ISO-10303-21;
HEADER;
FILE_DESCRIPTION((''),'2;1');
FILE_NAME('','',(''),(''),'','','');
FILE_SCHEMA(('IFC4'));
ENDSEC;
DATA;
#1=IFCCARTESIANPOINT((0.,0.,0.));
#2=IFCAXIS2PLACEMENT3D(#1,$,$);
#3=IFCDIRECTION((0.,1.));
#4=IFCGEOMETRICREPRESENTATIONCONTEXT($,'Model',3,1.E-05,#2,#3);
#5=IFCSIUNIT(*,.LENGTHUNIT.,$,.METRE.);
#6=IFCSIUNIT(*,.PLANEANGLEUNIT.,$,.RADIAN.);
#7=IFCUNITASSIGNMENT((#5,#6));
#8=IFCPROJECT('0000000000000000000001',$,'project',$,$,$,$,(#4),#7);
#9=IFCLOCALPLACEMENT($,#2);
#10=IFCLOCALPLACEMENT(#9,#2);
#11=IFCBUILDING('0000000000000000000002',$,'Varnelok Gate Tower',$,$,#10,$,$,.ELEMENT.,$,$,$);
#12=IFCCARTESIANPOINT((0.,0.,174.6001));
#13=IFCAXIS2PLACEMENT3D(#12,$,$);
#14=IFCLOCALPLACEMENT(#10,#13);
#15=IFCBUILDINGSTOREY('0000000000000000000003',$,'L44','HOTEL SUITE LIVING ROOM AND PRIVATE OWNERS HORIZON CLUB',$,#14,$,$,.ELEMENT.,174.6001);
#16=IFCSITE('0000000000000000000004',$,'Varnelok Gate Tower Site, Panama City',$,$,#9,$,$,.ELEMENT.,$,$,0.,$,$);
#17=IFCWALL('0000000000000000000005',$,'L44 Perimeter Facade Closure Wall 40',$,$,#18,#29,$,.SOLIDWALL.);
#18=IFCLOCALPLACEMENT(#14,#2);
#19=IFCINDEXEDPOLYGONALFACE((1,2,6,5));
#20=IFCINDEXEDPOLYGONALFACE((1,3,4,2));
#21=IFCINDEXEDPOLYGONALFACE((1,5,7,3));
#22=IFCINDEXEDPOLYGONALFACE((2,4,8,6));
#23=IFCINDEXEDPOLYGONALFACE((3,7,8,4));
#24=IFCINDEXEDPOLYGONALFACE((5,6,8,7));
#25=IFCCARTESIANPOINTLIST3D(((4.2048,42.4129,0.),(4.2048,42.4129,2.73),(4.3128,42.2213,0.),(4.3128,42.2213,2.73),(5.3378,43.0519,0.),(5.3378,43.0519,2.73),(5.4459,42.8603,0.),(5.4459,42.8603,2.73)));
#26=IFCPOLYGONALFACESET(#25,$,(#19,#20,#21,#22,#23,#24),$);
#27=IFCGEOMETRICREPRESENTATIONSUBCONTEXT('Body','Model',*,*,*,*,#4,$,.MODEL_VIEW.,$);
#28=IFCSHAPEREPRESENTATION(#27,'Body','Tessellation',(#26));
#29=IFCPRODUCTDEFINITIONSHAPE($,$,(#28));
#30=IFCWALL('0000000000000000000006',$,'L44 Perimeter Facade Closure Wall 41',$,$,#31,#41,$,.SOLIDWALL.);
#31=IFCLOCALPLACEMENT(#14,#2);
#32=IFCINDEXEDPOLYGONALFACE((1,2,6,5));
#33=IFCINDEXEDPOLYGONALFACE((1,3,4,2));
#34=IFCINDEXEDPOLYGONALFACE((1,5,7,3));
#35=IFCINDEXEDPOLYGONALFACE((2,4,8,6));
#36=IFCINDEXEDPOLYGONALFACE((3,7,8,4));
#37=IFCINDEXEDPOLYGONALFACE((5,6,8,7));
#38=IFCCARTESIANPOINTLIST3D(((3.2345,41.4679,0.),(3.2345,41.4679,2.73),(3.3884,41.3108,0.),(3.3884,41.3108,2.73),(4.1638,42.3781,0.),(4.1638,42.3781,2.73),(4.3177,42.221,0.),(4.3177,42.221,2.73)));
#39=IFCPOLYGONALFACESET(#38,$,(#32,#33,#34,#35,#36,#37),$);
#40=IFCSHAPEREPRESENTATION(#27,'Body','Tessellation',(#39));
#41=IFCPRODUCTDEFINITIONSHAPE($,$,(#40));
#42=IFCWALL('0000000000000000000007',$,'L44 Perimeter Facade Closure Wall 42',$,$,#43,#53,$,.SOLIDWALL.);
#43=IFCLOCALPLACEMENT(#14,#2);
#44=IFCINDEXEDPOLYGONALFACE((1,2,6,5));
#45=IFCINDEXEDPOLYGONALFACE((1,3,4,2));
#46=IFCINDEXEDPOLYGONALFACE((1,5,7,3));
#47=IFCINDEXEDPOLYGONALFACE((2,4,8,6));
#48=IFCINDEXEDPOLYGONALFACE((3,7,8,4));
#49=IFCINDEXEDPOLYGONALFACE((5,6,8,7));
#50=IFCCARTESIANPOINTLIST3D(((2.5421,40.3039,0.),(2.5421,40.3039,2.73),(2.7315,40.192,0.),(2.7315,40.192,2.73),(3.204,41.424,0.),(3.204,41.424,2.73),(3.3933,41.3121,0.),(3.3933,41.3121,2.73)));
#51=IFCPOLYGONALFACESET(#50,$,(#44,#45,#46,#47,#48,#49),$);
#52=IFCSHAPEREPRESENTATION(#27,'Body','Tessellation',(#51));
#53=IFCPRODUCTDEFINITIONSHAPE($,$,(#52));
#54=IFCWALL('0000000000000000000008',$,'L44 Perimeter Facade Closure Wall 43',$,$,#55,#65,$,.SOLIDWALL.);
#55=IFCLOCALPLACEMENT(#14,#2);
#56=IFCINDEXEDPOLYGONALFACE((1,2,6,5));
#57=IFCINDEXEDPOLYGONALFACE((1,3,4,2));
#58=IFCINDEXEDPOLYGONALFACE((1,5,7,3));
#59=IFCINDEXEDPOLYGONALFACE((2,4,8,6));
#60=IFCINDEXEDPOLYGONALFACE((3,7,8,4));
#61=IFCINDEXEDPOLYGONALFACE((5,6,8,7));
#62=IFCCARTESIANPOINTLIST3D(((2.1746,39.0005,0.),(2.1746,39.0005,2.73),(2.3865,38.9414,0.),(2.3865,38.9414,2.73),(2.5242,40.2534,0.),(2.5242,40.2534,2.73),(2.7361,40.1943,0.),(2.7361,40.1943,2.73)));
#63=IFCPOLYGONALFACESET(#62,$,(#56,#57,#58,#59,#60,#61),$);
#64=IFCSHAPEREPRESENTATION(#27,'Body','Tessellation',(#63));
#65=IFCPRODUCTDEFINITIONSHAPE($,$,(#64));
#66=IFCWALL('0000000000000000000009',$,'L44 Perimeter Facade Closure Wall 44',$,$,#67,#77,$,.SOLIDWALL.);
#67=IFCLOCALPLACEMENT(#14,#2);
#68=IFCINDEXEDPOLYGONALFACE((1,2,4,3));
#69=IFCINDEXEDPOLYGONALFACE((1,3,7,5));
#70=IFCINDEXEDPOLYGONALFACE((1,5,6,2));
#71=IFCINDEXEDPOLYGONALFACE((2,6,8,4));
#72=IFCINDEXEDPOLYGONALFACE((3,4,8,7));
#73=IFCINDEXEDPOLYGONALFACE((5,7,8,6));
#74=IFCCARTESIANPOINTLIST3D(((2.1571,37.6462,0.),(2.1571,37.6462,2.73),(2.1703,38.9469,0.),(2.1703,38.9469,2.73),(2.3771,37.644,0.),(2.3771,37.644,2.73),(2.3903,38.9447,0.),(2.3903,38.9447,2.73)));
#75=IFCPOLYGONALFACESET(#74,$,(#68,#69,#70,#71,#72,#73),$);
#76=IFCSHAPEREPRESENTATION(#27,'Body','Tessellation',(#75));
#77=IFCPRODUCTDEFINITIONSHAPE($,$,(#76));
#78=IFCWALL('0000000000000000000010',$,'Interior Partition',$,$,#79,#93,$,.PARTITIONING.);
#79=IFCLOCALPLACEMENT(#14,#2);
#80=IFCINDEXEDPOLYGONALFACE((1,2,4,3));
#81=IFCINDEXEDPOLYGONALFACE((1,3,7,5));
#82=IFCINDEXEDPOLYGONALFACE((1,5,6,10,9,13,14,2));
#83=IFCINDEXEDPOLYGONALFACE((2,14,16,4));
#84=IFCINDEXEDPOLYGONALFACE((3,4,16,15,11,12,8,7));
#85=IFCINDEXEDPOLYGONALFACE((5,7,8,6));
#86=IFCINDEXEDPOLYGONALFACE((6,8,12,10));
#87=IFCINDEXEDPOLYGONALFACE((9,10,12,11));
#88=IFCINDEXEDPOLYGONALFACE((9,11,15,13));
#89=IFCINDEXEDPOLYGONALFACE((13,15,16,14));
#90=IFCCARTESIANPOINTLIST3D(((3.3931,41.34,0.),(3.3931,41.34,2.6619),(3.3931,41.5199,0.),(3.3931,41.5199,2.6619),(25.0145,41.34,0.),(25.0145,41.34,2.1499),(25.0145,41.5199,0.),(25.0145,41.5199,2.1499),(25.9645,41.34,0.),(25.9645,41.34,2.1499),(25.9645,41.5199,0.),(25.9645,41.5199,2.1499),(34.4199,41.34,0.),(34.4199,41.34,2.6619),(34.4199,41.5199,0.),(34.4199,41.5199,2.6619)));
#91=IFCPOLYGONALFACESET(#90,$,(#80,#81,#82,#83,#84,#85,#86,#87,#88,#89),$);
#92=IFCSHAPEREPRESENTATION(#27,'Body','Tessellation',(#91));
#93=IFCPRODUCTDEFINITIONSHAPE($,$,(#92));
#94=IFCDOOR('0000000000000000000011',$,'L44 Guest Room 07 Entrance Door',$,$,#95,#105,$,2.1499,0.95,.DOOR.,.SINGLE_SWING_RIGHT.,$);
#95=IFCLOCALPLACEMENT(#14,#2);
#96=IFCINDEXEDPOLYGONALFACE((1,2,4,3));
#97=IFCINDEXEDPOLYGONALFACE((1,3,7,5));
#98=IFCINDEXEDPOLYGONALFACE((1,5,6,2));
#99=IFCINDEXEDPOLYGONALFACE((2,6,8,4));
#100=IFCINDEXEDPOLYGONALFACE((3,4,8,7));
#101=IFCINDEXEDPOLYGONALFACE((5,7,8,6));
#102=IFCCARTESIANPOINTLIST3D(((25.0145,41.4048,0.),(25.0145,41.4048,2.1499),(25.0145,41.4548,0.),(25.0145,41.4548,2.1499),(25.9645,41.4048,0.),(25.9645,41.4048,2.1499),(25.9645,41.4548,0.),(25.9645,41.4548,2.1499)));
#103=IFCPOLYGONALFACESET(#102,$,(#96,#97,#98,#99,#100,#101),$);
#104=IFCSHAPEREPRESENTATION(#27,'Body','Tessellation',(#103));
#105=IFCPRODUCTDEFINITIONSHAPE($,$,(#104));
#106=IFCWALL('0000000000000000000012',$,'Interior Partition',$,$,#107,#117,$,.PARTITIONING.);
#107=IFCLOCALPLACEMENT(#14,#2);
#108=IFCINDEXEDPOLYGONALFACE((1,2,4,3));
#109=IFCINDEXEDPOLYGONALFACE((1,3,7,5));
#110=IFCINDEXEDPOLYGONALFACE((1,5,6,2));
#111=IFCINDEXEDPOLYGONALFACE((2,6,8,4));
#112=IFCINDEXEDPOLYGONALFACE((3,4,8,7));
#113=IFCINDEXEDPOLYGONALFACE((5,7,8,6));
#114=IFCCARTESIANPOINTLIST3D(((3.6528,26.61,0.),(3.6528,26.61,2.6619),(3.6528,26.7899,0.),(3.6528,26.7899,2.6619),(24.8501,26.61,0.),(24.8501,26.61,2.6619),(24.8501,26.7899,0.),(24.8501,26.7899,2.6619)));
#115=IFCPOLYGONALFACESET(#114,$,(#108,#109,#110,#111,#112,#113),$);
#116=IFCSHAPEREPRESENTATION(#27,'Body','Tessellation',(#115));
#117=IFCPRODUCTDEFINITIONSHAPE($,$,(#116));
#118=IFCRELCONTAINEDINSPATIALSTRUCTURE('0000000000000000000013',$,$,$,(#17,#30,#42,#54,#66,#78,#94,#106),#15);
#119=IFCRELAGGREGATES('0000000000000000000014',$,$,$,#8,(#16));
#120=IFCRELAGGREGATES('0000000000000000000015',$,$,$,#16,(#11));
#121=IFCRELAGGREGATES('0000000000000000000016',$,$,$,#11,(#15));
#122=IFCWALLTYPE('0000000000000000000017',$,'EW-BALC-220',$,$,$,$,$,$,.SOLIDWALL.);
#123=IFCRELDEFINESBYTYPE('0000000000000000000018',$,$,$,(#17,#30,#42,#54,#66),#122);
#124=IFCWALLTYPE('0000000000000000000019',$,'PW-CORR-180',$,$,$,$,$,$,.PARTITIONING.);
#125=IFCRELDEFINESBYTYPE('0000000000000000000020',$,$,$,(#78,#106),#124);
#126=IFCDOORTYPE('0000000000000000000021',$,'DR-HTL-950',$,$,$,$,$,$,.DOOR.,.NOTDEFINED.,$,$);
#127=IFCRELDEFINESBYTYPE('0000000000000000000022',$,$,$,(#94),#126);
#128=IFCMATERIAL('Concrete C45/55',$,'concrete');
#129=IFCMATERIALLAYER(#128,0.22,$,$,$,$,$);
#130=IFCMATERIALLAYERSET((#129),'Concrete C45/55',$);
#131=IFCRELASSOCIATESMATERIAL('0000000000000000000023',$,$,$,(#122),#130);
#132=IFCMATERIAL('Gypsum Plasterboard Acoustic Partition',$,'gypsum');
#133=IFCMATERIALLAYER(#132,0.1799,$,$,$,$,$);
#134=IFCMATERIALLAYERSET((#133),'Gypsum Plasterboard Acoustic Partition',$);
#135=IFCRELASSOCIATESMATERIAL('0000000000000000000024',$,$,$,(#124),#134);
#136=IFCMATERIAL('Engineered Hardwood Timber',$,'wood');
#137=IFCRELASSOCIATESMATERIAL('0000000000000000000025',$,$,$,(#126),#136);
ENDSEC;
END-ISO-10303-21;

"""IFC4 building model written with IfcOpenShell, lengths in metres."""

from ifc_helpers import new_model, si_unit, direction, frame, frame_2d, origin, place, context, subcontext, project, spatial, rectangle, extrude, material, layer, layer_set, type_object, element, fill, save


model = new_model("IFC4")

# Units and contexts
model_context = context("Model", 3, precision=1e-05, world=origin(), true_north=direction((0.0, 1.0)))
body_context = subcontext(model_context, "Body", "Model", "MODEL_VIEW")
ifc_project = project(units=[si_unit("LENGTHUNIT", "METRE"), si_unit("PLANEANGLEUNIT", "RADIAN")], contexts=[model_context])

# Site, building, storey
site_placement = place(None, origin())
site = spatial("IfcSite", under=ifc_project, at=site_placement, Name="Varnelok Gate Tower Site, Panama City", CompositionType="ELEMENT", RefElevation=0.0)
building_placement = place(site_placement, origin())
building = spatial("IfcBuilding", under=site, at=building_placement, Name="Varnelok Gate Tower", CompositionType="ELEMENT")
storey_placement = place(building_placement, frame((0.0, 0.0, 174.6001)))
storey = spatial("IfcBuildingStorey", under=building, at=storey_placement, Name="L44", Description="HOTEL SUITE LIVING ROOM AND PRIVATE OWNERS HORIZON CLUB", CompositionType="ELEMENT", Elevation=174.6001)

# Walls
ifc_material_1 = material(Name="Concrete C45/55", Category="concrete")
ifc_layer_1 = layer(ifc_material_1, 0.22)
ifc_layer_set_1 = layer_set([ifc_layer_1], Name="Concrete C45/55")
wall_type_1 = type_object("IfcWallType", Name="EW-BALC-220", PredefinedType="SOLIDWALL", material=ifc_layer_set_1)
for number, where, z_axis, x_axis, name in (
    (1, (5.3918, 42.9561, 0.0), (0.0, 0.0, 1.0), (-0.871059, -0.491179, 0.0), "L44 Perimeter Facade Closure Wall 40"),
    (2, (4.2407, 42.2996, 0.0), (0.0, 0.0, 1.0), (-0.714389, -0.699749, 0.0), "L44 Perimeter Facade Closure Wall 41"),
):
    element("IfcWall", number, at=place(storey_placement, frame(where, z_axis=z_axis, x_axis=x_axis)), inside=storey, type_object=wall_type_1, Name=name, PredefinedType="SOLIDWALL", context=body_context, shape_type="SweptSolid", body=[
        extrude(rectangle(XDim=1.3008, YDim=0.22, at=frame_2d((0.6504, 0.0))), origin(), (0.0, 0.0, 1.0), 2.73),
    ])
wall_1_placement = place(storey_placement, frame((3.2986, 41.3679, 0.0), z_axis=(0.0, 0.0, 1.0), x_axis=(-0.508717, -0.860934, 0.0)))
element("IfcWall", 3, at=wall_1_placement, inside=storey, type_object=wall_type_1, Name="L44 Perimeter Facade Closure Wall 42", PredefinedType="SOLIDWALL", context=body_context, shape_type="SweptSolid", body=[
    extrude(rectangle(XDim=1.301, YDim=0.22, at=frame_2d((0.6504, 0.0))), origin(), (0.0, 0.0, 1.0), 2.73),
])
for number, where, z_axis, x_axis, name in (
    (4, (2.6301, 40.2239, 0.0), (0.0, 0.0, 1.0), (-0.268767, -0.963205, 0.0), "L44 Perimeter Facade Closure Wall 43"),
    (5, (2.2803, 38.9458, 0.0), (0.0, 0.0, 1.0), (-0.010135, -0.999949, 0.0), "L44 Perimeter Facade Closure Wall 44"),
):
    element("IfcWall", number, at=place(storey_placement, frame(where, z_axis=z_axis, x_axis=x_axis)), inside=storey, type_object=wall_type_1, Name=name, PredefinedType="SOLIDWALL", context=body_context, shape_type="SweptSolid", body=[
        extrude(rectangle(XDim=1.3008, YDim=0.22, at=frame_2d((0.6504, 0.0))), origin(), (0.0, 0.0, 1.0), 2.73),
    ])

# Wall, opening, door
ifc_material_2 = material(Name="Gypsum Plasterboard Acoustic Partition", Category="gypsum")
ifc_layer_2 = layer(ifc_material_2, 0.1799)
ifc_layer_set_2 = layer_set([ifc_layer_2], Name="Gypsum Plasterboard Acoustic Partition")
wall_type_2 = type_object("IfcWallType", Name="PW-CORR-180", PredefinedType="PARTITIONING", material=ifc_layer_set_2)
wall_2_placement = place(storey_placement, frame((3.3931, 41.4299, 0.0), z_axis=(0.0, 0.0, 1.0), x_axis=(1.0, 0.0, 0.0)))
wall_2 = element("IfcWall", 6, at=wall_2_placement, inside=storey, type_object=wall_type_2, Name="Interior Partition", PredefinedType="PARTITIONING", context=body_context, shape_type="SweptSolid", body=[
    extrude(rectangle(XDim=31.0269, YDim=0.1799, at=frame_2d((15.5134, 0.0))), origin(), (0.0, 0.0, 1.0), 2.6619),
])
opening_placement = place(wall_2_placement, frame((21.6213, 0.0, 0.0)))
opening = element("IfcOpeningElement", 7, at=opening_placement, cuts=wall_2, PredefinedType="OPENING", context=body_context, shape_type="SweptSolid", body=[
    extrude(rectangle(XDim=0.95, YDim=2.1499, at=frame_2d((0.4751, 1.075))), frame((0.0, 0.0999, 0.0), z_axis=(0.0, -1.0, 0.0), x_axis=(1.0, 0.0, 0.0)), (0.0, 0.0, 1.0), 0.2),
])
ifc_material_3 = material(Name="Engineered Hardwood Timber", Category="wood")
door_type = type_object("IfcDoorType", Name="DR-HTL-950", OperationType="NOTDEFINED", PredefinedType="DOOR", material=ifc_material_3)
door_placement = place(opening_placement, origin())
door = element("IfcDoor", 8, at=door_placement, inside=storey, type_object=door_type, Name="L44 Guest Room 07 Entrance Door", OperationType="SINGLE_SWING_RIGHT", OverallHeight=2.1499, OverallWidth=0.95, PredefinedType="DOOR", context=body_context, shape_type="SweptSolid", body=[
    extrude(rectangle(XDim=0.95, YDim=2.1499, at=frame_2d((0.4751, 1.075))), frame((0.0, 0.0249, 0.0), z_axis=(0.0, -1.0, 0.0), x_axis=(1.0, 0.0, 0.0)), (0.0, 0.0, 1.0), 0.05),
])
fill(opening, door)

# Wall
wall_3_placement = place(storey_placement, frame((3.6528, 26.7, 0.0), z_axis=(0.0, 0.0, 1.0), x_axis=(1.0, 0.0, 0.0)))
element("IfcWall", 9, at=wall_3_placement, inside=storey, type_object=wall_type_2, Name="Interior Partition", PredefinedType="PARTITIONING", context=body_context, shape_type="SweptSolid", body=[
    extrude(rectangle(XDim=21.1973, YDim=0.1799, at=frame_2d((10.5986, 0.0))), origin(), (0.0, 0.0, 1.0), 2.6619),
])

save(model, "model.ifc")
